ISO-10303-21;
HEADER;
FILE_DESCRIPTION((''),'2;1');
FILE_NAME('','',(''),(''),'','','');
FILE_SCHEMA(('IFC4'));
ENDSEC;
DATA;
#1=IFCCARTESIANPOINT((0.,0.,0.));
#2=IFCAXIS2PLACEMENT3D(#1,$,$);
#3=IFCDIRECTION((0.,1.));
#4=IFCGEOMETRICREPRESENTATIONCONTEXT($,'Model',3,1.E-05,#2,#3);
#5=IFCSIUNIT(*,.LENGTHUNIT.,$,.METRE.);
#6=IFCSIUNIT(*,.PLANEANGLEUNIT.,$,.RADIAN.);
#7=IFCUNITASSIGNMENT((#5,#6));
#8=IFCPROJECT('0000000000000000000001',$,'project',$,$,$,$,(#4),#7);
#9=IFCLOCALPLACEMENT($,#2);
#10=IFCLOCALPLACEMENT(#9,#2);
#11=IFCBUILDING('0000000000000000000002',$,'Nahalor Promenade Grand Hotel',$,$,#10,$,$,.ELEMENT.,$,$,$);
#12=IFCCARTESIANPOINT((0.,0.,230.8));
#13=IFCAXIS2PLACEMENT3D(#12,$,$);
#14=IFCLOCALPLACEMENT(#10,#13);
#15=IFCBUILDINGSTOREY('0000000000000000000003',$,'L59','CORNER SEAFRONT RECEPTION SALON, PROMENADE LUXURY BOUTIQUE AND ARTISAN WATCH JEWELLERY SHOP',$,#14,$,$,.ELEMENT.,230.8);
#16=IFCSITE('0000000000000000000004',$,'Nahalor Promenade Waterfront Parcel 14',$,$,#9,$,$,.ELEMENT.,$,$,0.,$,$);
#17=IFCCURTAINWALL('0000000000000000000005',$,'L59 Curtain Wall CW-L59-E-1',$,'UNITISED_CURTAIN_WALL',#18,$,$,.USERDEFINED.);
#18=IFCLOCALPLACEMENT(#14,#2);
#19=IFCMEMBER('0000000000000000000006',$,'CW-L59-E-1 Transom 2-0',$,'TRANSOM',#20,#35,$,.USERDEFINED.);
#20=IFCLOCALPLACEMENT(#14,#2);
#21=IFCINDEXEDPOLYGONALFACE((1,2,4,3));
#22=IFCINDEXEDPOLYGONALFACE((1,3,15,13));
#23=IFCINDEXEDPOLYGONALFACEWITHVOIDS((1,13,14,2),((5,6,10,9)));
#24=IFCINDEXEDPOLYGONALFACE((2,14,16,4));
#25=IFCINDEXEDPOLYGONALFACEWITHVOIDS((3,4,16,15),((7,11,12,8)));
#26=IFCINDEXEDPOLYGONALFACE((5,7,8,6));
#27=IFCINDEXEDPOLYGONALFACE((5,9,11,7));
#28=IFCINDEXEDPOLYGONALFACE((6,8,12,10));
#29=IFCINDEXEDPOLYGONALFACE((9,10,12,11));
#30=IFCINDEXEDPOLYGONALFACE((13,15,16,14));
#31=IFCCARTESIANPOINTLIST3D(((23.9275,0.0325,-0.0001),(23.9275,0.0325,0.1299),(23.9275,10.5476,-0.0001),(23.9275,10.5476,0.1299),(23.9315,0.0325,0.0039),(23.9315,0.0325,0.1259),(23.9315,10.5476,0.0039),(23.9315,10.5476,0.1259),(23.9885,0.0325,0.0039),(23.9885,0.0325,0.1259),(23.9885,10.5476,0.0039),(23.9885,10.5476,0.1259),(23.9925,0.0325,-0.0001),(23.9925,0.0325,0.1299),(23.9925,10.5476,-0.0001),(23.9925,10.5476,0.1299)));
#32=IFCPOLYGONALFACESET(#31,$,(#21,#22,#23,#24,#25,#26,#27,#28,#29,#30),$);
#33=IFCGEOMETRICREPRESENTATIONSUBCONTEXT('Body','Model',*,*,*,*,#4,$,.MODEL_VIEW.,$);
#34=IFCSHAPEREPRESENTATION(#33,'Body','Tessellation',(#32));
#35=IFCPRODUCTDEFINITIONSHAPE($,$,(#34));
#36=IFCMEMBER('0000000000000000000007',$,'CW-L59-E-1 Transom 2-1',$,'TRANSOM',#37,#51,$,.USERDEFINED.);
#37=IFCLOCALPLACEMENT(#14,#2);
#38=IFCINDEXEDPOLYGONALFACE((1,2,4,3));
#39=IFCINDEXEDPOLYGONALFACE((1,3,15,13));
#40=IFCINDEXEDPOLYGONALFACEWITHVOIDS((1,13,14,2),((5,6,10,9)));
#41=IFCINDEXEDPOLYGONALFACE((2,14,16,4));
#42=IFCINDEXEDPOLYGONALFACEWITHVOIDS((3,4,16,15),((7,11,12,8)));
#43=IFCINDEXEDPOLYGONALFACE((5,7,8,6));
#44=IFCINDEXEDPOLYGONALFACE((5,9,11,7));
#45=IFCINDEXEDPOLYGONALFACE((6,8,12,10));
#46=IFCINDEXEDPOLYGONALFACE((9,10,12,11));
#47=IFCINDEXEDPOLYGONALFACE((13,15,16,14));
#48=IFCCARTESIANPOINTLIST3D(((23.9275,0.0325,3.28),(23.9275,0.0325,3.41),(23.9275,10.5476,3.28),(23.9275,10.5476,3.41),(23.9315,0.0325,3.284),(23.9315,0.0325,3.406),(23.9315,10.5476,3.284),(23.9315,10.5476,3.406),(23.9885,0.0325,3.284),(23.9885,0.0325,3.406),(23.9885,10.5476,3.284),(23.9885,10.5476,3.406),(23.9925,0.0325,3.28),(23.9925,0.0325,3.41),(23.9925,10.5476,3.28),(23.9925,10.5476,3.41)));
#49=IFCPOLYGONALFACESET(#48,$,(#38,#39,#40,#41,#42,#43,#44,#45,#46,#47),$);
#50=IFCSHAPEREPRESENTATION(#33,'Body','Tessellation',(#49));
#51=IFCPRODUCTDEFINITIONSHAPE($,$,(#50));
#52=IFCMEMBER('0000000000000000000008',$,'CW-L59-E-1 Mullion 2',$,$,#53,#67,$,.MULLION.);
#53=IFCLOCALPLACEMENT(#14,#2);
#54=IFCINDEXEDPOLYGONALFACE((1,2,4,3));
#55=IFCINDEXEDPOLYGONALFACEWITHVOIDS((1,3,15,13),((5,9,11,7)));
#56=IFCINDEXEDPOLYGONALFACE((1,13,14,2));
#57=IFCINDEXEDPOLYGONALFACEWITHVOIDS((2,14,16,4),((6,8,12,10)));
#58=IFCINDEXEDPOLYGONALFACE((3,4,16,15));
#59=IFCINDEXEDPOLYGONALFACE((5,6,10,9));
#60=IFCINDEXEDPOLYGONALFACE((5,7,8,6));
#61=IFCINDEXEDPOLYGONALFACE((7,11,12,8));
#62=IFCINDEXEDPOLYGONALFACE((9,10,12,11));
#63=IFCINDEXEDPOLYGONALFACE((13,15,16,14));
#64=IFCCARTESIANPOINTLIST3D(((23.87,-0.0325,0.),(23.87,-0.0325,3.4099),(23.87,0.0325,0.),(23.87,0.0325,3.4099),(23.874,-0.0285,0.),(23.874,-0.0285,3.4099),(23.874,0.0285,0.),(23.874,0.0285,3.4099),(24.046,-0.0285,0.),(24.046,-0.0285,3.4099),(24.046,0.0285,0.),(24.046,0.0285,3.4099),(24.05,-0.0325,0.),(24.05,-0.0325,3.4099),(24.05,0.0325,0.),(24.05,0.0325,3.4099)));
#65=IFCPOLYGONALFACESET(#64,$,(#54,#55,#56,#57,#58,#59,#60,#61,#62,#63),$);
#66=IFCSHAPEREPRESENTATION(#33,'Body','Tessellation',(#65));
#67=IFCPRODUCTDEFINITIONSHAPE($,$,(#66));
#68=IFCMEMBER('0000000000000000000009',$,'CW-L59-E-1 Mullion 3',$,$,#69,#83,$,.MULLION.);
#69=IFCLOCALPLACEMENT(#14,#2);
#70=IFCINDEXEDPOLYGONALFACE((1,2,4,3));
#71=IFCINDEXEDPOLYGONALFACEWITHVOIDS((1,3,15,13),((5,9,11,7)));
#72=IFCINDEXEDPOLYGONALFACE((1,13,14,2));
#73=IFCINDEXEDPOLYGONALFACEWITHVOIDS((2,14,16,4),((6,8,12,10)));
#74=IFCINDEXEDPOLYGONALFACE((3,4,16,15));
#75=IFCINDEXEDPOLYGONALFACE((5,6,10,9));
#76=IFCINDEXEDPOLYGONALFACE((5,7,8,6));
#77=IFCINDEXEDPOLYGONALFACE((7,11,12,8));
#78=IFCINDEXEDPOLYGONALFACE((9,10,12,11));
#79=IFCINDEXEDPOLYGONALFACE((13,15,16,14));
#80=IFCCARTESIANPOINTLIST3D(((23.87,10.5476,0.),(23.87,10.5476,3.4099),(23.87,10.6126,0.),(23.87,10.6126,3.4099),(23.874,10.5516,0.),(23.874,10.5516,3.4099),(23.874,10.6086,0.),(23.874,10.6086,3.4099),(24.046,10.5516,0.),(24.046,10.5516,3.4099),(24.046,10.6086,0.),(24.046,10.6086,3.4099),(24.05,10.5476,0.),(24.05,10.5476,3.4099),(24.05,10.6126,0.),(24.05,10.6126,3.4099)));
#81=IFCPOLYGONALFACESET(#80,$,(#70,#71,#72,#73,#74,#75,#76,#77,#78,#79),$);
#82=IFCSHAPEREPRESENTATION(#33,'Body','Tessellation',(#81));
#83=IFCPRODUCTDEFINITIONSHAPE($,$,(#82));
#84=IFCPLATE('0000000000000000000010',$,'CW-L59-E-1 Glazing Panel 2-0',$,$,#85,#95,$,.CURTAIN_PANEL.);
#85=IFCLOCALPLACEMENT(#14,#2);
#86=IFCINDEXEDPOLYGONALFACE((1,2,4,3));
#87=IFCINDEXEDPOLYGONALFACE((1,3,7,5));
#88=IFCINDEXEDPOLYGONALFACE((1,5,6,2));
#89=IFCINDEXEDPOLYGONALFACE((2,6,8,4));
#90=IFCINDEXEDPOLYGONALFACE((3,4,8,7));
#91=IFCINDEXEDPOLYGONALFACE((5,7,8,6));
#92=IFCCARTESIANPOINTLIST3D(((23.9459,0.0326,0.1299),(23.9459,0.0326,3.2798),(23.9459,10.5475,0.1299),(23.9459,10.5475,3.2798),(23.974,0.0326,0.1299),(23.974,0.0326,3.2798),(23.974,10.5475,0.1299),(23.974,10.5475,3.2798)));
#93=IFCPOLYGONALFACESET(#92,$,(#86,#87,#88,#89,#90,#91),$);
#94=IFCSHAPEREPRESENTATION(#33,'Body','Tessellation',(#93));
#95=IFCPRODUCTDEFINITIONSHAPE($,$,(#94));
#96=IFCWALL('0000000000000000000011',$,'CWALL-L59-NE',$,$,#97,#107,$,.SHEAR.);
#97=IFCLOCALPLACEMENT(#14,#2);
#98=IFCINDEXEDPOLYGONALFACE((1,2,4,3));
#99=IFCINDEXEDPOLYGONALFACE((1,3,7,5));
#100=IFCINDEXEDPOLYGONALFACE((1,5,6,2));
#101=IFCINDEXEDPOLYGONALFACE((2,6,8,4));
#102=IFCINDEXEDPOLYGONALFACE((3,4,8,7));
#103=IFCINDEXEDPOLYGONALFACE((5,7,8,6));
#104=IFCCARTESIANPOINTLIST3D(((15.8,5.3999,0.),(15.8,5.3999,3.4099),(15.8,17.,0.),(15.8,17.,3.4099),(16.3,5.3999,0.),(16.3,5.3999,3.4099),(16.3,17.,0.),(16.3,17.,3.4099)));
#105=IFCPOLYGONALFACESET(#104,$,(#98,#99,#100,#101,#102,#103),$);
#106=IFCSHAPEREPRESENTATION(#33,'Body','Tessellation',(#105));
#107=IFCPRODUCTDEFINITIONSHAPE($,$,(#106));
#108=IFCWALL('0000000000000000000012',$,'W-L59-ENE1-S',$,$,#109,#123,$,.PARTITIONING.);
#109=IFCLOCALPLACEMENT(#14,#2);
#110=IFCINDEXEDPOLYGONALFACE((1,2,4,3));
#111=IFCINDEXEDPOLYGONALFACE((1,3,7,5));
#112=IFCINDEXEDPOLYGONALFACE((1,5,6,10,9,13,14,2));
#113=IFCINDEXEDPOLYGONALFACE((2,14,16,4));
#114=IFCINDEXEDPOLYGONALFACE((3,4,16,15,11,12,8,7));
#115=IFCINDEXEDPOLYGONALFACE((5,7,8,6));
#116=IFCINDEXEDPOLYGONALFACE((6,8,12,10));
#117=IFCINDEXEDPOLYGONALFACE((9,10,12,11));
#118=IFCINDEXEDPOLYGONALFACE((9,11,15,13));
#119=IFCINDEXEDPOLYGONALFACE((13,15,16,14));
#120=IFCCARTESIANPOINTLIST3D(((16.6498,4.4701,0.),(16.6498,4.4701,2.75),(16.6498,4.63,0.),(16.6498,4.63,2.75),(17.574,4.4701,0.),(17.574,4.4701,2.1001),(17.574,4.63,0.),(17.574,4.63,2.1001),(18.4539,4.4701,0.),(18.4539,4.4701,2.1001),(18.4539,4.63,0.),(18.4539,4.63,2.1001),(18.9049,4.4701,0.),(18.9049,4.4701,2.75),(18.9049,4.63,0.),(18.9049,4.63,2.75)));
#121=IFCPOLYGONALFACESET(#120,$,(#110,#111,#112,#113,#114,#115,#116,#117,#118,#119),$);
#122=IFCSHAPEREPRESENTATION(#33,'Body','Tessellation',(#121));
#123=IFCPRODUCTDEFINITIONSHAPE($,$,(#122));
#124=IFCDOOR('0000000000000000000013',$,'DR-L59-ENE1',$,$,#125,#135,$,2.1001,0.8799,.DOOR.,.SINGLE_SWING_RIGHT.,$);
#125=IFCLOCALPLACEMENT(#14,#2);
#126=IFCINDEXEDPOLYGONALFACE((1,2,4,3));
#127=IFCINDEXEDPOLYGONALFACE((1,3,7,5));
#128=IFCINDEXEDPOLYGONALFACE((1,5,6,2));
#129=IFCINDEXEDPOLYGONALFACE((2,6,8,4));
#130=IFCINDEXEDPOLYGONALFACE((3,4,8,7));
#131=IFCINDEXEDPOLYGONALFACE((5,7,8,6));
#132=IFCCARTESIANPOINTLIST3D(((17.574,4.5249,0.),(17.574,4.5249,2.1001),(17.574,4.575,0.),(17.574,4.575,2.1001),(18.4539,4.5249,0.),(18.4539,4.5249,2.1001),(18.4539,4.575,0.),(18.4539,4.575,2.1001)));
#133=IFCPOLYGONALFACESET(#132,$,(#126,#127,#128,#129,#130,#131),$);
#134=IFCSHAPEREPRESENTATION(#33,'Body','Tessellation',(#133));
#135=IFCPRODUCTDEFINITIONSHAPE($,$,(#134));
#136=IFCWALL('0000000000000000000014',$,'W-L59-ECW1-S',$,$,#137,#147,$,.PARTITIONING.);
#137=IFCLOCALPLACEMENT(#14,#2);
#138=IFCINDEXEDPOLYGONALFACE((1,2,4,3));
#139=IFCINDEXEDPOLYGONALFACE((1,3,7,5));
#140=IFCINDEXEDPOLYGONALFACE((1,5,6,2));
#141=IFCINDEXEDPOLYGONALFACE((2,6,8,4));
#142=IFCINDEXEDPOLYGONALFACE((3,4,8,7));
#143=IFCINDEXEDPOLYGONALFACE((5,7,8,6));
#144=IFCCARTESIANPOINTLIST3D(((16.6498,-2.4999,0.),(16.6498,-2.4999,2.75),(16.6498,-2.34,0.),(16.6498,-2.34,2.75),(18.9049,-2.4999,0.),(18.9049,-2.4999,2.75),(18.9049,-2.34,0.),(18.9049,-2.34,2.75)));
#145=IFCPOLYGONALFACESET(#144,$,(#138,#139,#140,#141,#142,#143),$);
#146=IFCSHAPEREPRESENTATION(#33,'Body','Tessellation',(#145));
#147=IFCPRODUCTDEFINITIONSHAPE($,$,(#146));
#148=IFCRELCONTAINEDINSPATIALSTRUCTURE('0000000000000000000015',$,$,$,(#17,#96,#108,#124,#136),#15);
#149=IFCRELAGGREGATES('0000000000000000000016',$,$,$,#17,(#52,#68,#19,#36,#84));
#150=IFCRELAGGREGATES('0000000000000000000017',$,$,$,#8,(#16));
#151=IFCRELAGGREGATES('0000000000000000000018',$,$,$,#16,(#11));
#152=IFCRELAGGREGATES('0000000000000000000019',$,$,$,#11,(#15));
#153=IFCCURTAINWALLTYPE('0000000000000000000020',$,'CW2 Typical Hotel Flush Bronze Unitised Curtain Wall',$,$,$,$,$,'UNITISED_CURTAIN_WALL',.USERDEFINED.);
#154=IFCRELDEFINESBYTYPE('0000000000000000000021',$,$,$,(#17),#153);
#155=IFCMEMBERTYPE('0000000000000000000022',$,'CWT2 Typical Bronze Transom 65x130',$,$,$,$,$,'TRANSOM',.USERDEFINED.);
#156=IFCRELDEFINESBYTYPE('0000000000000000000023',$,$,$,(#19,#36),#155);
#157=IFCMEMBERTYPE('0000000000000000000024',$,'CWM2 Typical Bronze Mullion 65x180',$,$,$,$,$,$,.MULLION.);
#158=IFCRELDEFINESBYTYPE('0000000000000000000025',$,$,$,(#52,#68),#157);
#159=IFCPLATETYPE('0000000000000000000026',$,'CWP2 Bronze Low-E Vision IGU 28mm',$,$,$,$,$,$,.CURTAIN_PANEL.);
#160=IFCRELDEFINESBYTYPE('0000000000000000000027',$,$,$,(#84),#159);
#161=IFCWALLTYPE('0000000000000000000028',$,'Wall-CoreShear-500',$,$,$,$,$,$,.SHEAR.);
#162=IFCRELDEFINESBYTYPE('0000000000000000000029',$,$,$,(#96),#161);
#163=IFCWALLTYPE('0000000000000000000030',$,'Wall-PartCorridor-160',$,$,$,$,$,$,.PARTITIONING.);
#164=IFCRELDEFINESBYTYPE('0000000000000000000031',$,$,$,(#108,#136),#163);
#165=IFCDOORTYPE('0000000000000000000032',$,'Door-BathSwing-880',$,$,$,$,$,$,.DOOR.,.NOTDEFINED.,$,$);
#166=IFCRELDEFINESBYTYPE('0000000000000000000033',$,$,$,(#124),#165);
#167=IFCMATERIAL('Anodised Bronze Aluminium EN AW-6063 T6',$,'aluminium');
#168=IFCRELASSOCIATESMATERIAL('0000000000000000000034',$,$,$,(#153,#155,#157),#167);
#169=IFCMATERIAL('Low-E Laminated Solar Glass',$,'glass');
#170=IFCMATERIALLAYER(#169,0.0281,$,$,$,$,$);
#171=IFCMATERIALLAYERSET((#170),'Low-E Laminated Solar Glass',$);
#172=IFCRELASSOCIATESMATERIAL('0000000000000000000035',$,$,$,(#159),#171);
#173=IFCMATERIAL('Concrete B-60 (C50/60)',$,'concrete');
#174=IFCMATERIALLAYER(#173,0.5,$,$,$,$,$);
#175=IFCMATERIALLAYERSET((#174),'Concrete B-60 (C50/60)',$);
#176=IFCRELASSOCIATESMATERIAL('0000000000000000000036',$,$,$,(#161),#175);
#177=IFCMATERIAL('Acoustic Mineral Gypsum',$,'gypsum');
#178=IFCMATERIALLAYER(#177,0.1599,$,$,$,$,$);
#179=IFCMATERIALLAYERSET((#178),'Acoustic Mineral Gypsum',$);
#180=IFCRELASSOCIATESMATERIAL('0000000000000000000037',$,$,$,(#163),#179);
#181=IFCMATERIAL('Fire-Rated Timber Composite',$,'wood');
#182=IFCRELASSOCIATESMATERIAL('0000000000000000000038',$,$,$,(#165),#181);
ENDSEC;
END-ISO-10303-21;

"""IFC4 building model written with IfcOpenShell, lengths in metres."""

from ifc_helpers import new_model, si_unit, direction, frame, frame_2d, origin, origin_2d, place, context, subcontext, project, spatial, rectangle, hollow_rectangle, extrude, source, transform, mapped, material, layer, layer_set, material_profile, profile_set, type_object, element, fill, aggregate, save


model = new_model("IFC4")

# Units and contexts
model_context = context("Model", 3, precision=1e-05, world=origin(), true_north=direction((0.0, 1.0)))
body_context = subcontext(model_context, "Body", "Model", "MODEL_VIEW")
ifc_project = project(units=[si_unit("LENGTHUNIT", "METRE"), si_unit("PLANEANGLEUNIT", "RADIAN")], contexts=[model_context])

# Site, building, storey
site_placement = place(None, origin())
site = spatial("IfcSite", under=ifc_project, at=site_placement, Name="Nahalor Promenade Waterfront Parcel 14", CompositionType="ELEMENT", RefElevation=0.0)
building_placement = place(site_placement, origin())
building = spatial("IfcBuilding", under=site, at=building_placement, Name="Nahalor Promenade Grand Hotel", CompositionType="ELEMENT")
storey_placement = place(building_placement, frame((0.0, 0.0, 230.8)))
storey = spatial("IfcBuildingStorey", under=building, at=storey_placement, Name="L59", Description="CORNER SEAFRONT RECEPTION SALON, PROMENADE LUXURY BOUTIQUE AND ARTISAN WATCH JEWELLERY SHOP", CompositionType="ELEMENT", Elevation=230.8)

# Curtain wall, members, plate
ifc_material_1 = material(Name="Anodised Bronze Aluminium EN AW-6063 T6", Category="aluminium")
curtain_wall_type = type_object("IfcCurtainWallType", Name="CW2 Typical Hotel Flush Bronze Unitised Curtain Wall", ElementType="UNITISED_CURTAIN_WALL", PredefinedType="USERDEFINED", material=ifc_material_1)
curtain_wall_placement = place(storey_placement, origin())
curtain_wall = element("IfcCurtainWall", 1, at=curtain_wall_placement, inside=storey, type_object=curtain_wall_type, Name="L59 Curtain Wall CW-L59-E-1", ObjectType="UNITISED_CURTAIN_WALL", PredefinedType="USERDEFINED")
ifc_material_profile_1 = material_profile(ifc_material_1, hollow_rectangle(XDim=0.065, YDim=0.13, WallThickness=0.004, at=origin_2d()), Name="CWT 65x130x4")
ifc_profile_set_1 = profile_set([ifc_material_profile_1], Name="Anodised Bronze Aluminium EN AW-6063 T6")
member_type_1 = type_object("IfcMemberType", Name="CWT2 Typical Bronze Transom 65x130", ElementType="TRANSOM", PredefinedType="USERDEFINED", material=ifc_profile_set_1)
shared_shape_1 = source(origin(), body_context, "Body", "SweptSolid", [
    extrude(hollow_rectangle(XDim=0.065, YDim=0.13, WallThickness=0.004, at=origin_2d()), origin(), (0.0, 0.0, 1.0), 10.5151),
])
member_1_placement = place(storey_placement, frame((23.96, 0.0325, 0.0649), z_axis=(0.0, 1.0, 0.0), x_axis=(-1.0, 0.0, 0.0)))
member_1 = element("IfcMember", 2, at=member_1_placement, type_object=member_type_1, Name="CW-L59-E-1 Transom 2-0", ObjectType="TRANSOM", PredefinedType="USERDEFINED", context=body_context, shape_type="MappedRepresentation", body=[
    mapped(shared_shape_1, transform((0.0, 0.0, 0.0), scale=1.0)),
])
member_2_placement = place(storey_placement, frame((23.96, 0.0325, 3.345), z_axis=(0.0, 1.0, 0.0), x_axis=(-1.0, 0.0, 0.0)))
member_2 = element("IfcMember", 3, at=member_2_placement, type_object=member_type_1, Name="CW-L59-E-1 Transom 2-1", ObjectType="TRANSOM", PredefinedType="USERDEFINED", context=body_context, shape_type="MappedRepresentation", body=[
    mapped(shared_shape_1, transform((0.0, 0.0, 0.0), scale=1.0)),
])
ifc_material_profile_2 = material_profile(ifc_material_1, hollow_rectangle(XDim=0.065, YDim=0.18, WallThickness=0.004, at=origin_2d()), Name="CWM 65x180x4")
ifc_profile_set_2 = profile_set([ifc_material_profile_2], Name="Anodised Bronze Aluminium EN AW-6063 T6")
member_type_2 = type_object("IfcMemberType", Name="CWM2 Typical Bronze Mullion 65x180", PredefinedType="MULLION", material=ifc_profile_set_2)
shared_shape_2 = source(origin(), body_context, "Body", "SweptSolid", [
    extrude(hollow_rectangle(XDim=0.065, YDim=0.18, WallThickness=0.004, at=origin_2d()), origin(), (0.0, 0.0, 1.0), 3.4099),
])
member_3_placement = place(storey_placement, frame((23.96, 0.0, 0.0), z_axis=(0.0, 0.0, 1.0), x_axis=(0.0, 1.0, 0.0)))
member_3 = element("IfcMember", 4, at=member_3_placement, type_object=member_type_2, Name="CW-L59-E-1 Mullion 2", PredefinedType="MULLION", context=body_context, shape_type="MappedRepresentation", body=[
    mapped(shared_shape_2, transform((0.0, 0.0, 0.0), scale=1.0)),
])
member_4_placement = place(storey_placement, frame((23.96, 10.5801, 0.0), z_axis=(0.0, 0.0, 1.0), x_axis=(0.0, 1.0, 0.0)))
member_4 = element("IfcMember", 5, at=member_4_placement, type_object=member_type_2, Name="CW-L59-E-1 Mullion 3", PredefinedType="MULLION", context=body_context, shape_type="MappedRepresentation", body=[
    mapped(shared_shape_2, transform((0.0, 0.0, 0.0), scale=1.0)),
])
ifc_material_2 = material(Name="Low-E Laminated Solar Glass", Category="glass")
ifc_layer_1 = layer(ifc_material_2, 0.0281)
ifc_layer_set_1 = layer_set([ifc_layer_1], Name="Low-E Laminated Solar Glass")
plate_type = type_object("IfcPlateType", Name="CWP2 Bronze Low-E Vision IGU 28mm", PredefinedType="CURTAIN_PANEL", material=ifc_layer_set_1)
shared_shape_3 = source(origin(), body_context, "Body", "SweptSolid", [
    extrude(rectangle(XDim=10.5149, YDim=0.0281, at=origin_2d()), origin(), (0.0, 0.0, 1.0), 3.1499),
])
plate_placement = place(storey_placement, frame((23.96, 5.29, 0.1299), z_axis=(0.0, 0.0, 1.0), x_axis=(0.0, 1.0, 0.0)))
plate = element("IfcPlate", 6, at=plate_placement, type_object=plate_type, Name="CW-L59-E-1 Glazing Panel 2-0", PredefinedType="CURTAIN_PANEL", context=body_context, shape_type="MappedRepresentation", body=[
    mapped(shared_shape_3, transform((0.0, 0.0, 0.0), scale=1.0)),
])
aggregate(curtain_wall, [member_3, member_4, member_1, member_2, plate])

# Wall
ifc_material_3 = material(Name="Concrete B-60 (C50/60)", Category="concrete")
ifc_layer_2 = layer(ifc_material_3, 0.5)
ifc_layer_set_2 = layer_set([ifc_layer_2], Name="Concrete B-60 (C50/60)")
wall_type_1 = type_object("IfcWallType", Name="Wall-CoreShear-500", PredefinedType="SHEAR", material=ifc_layer_set_2)
shared_shape_4 = source(origin(), body_context, "Body", "SweptSolid", [
    extrude(rectangle(XDim=11.6001, YDim=0.5, at=frame_2d((5.8, 0.0))), origin(), (0.0, 0.0, 1.0), 3.4099),
])
wall_1_placement = place(storey_placement, frame((16.05, 5.3999, 0.0), z_axis=(0.0, 0.0, 1.0), x_axis=(0.0, 1.0, 0.0)))
element("IfcWall", 7, at=wall_1_placement, inside=storey, type_object=wall_type_1, Name="CWALL-L59-NE", PredefinedType="SHEAR", context=body_context, shape_type="MappedRepresentation", body=[
    mapped(shared_shape_4, transform((0.0, 0.0, 0.0), scale=1.0)),
])

# Wall, opening, door
ifc_material_4 = material(Name="Acoustic Mineral Gypsum", Category="gypsum")
ifc_layer_3 = layer(ifc_material_4, 0.1599)
ifc_layer_set_3 = layer_set([ifc_layer_3], Name="Acoustic Mineral Gypsum")
wall_type_2 = type_object("IfcWallType", Name="Wall-PartCorridor-160", PredefinedType="PARTITIONING", material=ifc_layer_set_3)
shared_shape_5 = source(origin(), body_context, "Body", "SweptSolid", [
    extrude(rectangle(XDim=2.2551, YDim=0.1599, at=frame_2d((1.1274, 0.0))), origin(), (0.0, 0.0, 1.0), 2.75),
])
wall_2_placement = place(storey_placement, frame((16.6499, 4.55, 0.0), z_axis=(0.0, 0.0, 1.0), x_axis=(1.0, 0.0, 0.0)))
wall_2 = element("IfcWall", 8, at=wall_2_placement, inside=storey, type_object=wall_type_2, Name="W-L59-ENE1-S", PredefinedType="PARTITIONING", context=body_context, shape_type="MappedRepresentation", body=[
    mapped(shared_shape_5, transform((0.0, 0.0, 0.0), scale=1.0)),
])
opening_1_placement = place(wall_2_placement, frame((0.9241, 0.0, 0.0)))
opening_1 = element("IfcOpeningElement", 9, at=opening_1_placement, cuts=wall_2, PredefinedType="OPENING", context=body_context, shape_type="SweptSolid", body=[
    extrude(rectangle(XDim=0.8799, YDim=2.1001, at=frame_2d((0.4399, 1.05))), frame((0.0, 0.0898, 0.0), z_axis=(0.0, -1.0, 0.0), x_axis=(1.0, 0.0, 0.0)), (0.0, 0.0, 1.0), 0.1799),
])
ifc_material_5 = material(Name="Fire-Rated Timber Composite", Category="wood")
door_type = type_object("IfcDoorType", Name="Door-BathSwing-880", OperationType="NOTDEFINED", PredefinedType="DOOR", material=ifc_material_5)
shared_shape_6 = source(origin(), body_context, "Body", "SweptSolid", [
    extrude(rectangle(XDim=0.8799, YDim=2.1001, at=frame_2d((0.4399, 1.05))), frame((0.0, 0.0249, 0.0), z_axis=(0.0, -1.0, 0.0), x_axis=(1.0, 0.0, 0.0)), (0.0, 0.0, 1.0), 0.05),
])
door_1_placement = place(opening_1_placement, origin())
door_1 = element("IfcDoor", 10, at=door_1_placement, inside=storey, type_object=door_type, Name="DR-L59-ENE1", OperationType="SINGLE_SWING_RIGHT", OverallHeight=2.1001, OverallWidth=0.8799, PredefinedType="DOOR", context=body_context, shape_type="MappedRepresentation", body=[
    mapped(shared_shape_6, transform((0.0, 0.0, 0.0), scale=1.0)),
])
fill(opening_1, door_1)

# Wall
wall_3_placement = place(storey_placement, frame((16.6499, -2.4199, 0.0), z_axis=(0.0, 0.0, 1.0), x_axis=(1.0, 0.0, 0.0)))
element("IfcWall", 11, at=wall_3_placement, inside=storey, type_object=wall_type_2, Name="W-L59-ECW1-S", PredefinedType="PARTITIONING", context=body_context, shape_type="MappedRepresentation", body=[
    mapped(shared_shape_5, transform((0.0, 0.0, 0.0), scale=1.0)),
])

save(model, "model.ifc")
